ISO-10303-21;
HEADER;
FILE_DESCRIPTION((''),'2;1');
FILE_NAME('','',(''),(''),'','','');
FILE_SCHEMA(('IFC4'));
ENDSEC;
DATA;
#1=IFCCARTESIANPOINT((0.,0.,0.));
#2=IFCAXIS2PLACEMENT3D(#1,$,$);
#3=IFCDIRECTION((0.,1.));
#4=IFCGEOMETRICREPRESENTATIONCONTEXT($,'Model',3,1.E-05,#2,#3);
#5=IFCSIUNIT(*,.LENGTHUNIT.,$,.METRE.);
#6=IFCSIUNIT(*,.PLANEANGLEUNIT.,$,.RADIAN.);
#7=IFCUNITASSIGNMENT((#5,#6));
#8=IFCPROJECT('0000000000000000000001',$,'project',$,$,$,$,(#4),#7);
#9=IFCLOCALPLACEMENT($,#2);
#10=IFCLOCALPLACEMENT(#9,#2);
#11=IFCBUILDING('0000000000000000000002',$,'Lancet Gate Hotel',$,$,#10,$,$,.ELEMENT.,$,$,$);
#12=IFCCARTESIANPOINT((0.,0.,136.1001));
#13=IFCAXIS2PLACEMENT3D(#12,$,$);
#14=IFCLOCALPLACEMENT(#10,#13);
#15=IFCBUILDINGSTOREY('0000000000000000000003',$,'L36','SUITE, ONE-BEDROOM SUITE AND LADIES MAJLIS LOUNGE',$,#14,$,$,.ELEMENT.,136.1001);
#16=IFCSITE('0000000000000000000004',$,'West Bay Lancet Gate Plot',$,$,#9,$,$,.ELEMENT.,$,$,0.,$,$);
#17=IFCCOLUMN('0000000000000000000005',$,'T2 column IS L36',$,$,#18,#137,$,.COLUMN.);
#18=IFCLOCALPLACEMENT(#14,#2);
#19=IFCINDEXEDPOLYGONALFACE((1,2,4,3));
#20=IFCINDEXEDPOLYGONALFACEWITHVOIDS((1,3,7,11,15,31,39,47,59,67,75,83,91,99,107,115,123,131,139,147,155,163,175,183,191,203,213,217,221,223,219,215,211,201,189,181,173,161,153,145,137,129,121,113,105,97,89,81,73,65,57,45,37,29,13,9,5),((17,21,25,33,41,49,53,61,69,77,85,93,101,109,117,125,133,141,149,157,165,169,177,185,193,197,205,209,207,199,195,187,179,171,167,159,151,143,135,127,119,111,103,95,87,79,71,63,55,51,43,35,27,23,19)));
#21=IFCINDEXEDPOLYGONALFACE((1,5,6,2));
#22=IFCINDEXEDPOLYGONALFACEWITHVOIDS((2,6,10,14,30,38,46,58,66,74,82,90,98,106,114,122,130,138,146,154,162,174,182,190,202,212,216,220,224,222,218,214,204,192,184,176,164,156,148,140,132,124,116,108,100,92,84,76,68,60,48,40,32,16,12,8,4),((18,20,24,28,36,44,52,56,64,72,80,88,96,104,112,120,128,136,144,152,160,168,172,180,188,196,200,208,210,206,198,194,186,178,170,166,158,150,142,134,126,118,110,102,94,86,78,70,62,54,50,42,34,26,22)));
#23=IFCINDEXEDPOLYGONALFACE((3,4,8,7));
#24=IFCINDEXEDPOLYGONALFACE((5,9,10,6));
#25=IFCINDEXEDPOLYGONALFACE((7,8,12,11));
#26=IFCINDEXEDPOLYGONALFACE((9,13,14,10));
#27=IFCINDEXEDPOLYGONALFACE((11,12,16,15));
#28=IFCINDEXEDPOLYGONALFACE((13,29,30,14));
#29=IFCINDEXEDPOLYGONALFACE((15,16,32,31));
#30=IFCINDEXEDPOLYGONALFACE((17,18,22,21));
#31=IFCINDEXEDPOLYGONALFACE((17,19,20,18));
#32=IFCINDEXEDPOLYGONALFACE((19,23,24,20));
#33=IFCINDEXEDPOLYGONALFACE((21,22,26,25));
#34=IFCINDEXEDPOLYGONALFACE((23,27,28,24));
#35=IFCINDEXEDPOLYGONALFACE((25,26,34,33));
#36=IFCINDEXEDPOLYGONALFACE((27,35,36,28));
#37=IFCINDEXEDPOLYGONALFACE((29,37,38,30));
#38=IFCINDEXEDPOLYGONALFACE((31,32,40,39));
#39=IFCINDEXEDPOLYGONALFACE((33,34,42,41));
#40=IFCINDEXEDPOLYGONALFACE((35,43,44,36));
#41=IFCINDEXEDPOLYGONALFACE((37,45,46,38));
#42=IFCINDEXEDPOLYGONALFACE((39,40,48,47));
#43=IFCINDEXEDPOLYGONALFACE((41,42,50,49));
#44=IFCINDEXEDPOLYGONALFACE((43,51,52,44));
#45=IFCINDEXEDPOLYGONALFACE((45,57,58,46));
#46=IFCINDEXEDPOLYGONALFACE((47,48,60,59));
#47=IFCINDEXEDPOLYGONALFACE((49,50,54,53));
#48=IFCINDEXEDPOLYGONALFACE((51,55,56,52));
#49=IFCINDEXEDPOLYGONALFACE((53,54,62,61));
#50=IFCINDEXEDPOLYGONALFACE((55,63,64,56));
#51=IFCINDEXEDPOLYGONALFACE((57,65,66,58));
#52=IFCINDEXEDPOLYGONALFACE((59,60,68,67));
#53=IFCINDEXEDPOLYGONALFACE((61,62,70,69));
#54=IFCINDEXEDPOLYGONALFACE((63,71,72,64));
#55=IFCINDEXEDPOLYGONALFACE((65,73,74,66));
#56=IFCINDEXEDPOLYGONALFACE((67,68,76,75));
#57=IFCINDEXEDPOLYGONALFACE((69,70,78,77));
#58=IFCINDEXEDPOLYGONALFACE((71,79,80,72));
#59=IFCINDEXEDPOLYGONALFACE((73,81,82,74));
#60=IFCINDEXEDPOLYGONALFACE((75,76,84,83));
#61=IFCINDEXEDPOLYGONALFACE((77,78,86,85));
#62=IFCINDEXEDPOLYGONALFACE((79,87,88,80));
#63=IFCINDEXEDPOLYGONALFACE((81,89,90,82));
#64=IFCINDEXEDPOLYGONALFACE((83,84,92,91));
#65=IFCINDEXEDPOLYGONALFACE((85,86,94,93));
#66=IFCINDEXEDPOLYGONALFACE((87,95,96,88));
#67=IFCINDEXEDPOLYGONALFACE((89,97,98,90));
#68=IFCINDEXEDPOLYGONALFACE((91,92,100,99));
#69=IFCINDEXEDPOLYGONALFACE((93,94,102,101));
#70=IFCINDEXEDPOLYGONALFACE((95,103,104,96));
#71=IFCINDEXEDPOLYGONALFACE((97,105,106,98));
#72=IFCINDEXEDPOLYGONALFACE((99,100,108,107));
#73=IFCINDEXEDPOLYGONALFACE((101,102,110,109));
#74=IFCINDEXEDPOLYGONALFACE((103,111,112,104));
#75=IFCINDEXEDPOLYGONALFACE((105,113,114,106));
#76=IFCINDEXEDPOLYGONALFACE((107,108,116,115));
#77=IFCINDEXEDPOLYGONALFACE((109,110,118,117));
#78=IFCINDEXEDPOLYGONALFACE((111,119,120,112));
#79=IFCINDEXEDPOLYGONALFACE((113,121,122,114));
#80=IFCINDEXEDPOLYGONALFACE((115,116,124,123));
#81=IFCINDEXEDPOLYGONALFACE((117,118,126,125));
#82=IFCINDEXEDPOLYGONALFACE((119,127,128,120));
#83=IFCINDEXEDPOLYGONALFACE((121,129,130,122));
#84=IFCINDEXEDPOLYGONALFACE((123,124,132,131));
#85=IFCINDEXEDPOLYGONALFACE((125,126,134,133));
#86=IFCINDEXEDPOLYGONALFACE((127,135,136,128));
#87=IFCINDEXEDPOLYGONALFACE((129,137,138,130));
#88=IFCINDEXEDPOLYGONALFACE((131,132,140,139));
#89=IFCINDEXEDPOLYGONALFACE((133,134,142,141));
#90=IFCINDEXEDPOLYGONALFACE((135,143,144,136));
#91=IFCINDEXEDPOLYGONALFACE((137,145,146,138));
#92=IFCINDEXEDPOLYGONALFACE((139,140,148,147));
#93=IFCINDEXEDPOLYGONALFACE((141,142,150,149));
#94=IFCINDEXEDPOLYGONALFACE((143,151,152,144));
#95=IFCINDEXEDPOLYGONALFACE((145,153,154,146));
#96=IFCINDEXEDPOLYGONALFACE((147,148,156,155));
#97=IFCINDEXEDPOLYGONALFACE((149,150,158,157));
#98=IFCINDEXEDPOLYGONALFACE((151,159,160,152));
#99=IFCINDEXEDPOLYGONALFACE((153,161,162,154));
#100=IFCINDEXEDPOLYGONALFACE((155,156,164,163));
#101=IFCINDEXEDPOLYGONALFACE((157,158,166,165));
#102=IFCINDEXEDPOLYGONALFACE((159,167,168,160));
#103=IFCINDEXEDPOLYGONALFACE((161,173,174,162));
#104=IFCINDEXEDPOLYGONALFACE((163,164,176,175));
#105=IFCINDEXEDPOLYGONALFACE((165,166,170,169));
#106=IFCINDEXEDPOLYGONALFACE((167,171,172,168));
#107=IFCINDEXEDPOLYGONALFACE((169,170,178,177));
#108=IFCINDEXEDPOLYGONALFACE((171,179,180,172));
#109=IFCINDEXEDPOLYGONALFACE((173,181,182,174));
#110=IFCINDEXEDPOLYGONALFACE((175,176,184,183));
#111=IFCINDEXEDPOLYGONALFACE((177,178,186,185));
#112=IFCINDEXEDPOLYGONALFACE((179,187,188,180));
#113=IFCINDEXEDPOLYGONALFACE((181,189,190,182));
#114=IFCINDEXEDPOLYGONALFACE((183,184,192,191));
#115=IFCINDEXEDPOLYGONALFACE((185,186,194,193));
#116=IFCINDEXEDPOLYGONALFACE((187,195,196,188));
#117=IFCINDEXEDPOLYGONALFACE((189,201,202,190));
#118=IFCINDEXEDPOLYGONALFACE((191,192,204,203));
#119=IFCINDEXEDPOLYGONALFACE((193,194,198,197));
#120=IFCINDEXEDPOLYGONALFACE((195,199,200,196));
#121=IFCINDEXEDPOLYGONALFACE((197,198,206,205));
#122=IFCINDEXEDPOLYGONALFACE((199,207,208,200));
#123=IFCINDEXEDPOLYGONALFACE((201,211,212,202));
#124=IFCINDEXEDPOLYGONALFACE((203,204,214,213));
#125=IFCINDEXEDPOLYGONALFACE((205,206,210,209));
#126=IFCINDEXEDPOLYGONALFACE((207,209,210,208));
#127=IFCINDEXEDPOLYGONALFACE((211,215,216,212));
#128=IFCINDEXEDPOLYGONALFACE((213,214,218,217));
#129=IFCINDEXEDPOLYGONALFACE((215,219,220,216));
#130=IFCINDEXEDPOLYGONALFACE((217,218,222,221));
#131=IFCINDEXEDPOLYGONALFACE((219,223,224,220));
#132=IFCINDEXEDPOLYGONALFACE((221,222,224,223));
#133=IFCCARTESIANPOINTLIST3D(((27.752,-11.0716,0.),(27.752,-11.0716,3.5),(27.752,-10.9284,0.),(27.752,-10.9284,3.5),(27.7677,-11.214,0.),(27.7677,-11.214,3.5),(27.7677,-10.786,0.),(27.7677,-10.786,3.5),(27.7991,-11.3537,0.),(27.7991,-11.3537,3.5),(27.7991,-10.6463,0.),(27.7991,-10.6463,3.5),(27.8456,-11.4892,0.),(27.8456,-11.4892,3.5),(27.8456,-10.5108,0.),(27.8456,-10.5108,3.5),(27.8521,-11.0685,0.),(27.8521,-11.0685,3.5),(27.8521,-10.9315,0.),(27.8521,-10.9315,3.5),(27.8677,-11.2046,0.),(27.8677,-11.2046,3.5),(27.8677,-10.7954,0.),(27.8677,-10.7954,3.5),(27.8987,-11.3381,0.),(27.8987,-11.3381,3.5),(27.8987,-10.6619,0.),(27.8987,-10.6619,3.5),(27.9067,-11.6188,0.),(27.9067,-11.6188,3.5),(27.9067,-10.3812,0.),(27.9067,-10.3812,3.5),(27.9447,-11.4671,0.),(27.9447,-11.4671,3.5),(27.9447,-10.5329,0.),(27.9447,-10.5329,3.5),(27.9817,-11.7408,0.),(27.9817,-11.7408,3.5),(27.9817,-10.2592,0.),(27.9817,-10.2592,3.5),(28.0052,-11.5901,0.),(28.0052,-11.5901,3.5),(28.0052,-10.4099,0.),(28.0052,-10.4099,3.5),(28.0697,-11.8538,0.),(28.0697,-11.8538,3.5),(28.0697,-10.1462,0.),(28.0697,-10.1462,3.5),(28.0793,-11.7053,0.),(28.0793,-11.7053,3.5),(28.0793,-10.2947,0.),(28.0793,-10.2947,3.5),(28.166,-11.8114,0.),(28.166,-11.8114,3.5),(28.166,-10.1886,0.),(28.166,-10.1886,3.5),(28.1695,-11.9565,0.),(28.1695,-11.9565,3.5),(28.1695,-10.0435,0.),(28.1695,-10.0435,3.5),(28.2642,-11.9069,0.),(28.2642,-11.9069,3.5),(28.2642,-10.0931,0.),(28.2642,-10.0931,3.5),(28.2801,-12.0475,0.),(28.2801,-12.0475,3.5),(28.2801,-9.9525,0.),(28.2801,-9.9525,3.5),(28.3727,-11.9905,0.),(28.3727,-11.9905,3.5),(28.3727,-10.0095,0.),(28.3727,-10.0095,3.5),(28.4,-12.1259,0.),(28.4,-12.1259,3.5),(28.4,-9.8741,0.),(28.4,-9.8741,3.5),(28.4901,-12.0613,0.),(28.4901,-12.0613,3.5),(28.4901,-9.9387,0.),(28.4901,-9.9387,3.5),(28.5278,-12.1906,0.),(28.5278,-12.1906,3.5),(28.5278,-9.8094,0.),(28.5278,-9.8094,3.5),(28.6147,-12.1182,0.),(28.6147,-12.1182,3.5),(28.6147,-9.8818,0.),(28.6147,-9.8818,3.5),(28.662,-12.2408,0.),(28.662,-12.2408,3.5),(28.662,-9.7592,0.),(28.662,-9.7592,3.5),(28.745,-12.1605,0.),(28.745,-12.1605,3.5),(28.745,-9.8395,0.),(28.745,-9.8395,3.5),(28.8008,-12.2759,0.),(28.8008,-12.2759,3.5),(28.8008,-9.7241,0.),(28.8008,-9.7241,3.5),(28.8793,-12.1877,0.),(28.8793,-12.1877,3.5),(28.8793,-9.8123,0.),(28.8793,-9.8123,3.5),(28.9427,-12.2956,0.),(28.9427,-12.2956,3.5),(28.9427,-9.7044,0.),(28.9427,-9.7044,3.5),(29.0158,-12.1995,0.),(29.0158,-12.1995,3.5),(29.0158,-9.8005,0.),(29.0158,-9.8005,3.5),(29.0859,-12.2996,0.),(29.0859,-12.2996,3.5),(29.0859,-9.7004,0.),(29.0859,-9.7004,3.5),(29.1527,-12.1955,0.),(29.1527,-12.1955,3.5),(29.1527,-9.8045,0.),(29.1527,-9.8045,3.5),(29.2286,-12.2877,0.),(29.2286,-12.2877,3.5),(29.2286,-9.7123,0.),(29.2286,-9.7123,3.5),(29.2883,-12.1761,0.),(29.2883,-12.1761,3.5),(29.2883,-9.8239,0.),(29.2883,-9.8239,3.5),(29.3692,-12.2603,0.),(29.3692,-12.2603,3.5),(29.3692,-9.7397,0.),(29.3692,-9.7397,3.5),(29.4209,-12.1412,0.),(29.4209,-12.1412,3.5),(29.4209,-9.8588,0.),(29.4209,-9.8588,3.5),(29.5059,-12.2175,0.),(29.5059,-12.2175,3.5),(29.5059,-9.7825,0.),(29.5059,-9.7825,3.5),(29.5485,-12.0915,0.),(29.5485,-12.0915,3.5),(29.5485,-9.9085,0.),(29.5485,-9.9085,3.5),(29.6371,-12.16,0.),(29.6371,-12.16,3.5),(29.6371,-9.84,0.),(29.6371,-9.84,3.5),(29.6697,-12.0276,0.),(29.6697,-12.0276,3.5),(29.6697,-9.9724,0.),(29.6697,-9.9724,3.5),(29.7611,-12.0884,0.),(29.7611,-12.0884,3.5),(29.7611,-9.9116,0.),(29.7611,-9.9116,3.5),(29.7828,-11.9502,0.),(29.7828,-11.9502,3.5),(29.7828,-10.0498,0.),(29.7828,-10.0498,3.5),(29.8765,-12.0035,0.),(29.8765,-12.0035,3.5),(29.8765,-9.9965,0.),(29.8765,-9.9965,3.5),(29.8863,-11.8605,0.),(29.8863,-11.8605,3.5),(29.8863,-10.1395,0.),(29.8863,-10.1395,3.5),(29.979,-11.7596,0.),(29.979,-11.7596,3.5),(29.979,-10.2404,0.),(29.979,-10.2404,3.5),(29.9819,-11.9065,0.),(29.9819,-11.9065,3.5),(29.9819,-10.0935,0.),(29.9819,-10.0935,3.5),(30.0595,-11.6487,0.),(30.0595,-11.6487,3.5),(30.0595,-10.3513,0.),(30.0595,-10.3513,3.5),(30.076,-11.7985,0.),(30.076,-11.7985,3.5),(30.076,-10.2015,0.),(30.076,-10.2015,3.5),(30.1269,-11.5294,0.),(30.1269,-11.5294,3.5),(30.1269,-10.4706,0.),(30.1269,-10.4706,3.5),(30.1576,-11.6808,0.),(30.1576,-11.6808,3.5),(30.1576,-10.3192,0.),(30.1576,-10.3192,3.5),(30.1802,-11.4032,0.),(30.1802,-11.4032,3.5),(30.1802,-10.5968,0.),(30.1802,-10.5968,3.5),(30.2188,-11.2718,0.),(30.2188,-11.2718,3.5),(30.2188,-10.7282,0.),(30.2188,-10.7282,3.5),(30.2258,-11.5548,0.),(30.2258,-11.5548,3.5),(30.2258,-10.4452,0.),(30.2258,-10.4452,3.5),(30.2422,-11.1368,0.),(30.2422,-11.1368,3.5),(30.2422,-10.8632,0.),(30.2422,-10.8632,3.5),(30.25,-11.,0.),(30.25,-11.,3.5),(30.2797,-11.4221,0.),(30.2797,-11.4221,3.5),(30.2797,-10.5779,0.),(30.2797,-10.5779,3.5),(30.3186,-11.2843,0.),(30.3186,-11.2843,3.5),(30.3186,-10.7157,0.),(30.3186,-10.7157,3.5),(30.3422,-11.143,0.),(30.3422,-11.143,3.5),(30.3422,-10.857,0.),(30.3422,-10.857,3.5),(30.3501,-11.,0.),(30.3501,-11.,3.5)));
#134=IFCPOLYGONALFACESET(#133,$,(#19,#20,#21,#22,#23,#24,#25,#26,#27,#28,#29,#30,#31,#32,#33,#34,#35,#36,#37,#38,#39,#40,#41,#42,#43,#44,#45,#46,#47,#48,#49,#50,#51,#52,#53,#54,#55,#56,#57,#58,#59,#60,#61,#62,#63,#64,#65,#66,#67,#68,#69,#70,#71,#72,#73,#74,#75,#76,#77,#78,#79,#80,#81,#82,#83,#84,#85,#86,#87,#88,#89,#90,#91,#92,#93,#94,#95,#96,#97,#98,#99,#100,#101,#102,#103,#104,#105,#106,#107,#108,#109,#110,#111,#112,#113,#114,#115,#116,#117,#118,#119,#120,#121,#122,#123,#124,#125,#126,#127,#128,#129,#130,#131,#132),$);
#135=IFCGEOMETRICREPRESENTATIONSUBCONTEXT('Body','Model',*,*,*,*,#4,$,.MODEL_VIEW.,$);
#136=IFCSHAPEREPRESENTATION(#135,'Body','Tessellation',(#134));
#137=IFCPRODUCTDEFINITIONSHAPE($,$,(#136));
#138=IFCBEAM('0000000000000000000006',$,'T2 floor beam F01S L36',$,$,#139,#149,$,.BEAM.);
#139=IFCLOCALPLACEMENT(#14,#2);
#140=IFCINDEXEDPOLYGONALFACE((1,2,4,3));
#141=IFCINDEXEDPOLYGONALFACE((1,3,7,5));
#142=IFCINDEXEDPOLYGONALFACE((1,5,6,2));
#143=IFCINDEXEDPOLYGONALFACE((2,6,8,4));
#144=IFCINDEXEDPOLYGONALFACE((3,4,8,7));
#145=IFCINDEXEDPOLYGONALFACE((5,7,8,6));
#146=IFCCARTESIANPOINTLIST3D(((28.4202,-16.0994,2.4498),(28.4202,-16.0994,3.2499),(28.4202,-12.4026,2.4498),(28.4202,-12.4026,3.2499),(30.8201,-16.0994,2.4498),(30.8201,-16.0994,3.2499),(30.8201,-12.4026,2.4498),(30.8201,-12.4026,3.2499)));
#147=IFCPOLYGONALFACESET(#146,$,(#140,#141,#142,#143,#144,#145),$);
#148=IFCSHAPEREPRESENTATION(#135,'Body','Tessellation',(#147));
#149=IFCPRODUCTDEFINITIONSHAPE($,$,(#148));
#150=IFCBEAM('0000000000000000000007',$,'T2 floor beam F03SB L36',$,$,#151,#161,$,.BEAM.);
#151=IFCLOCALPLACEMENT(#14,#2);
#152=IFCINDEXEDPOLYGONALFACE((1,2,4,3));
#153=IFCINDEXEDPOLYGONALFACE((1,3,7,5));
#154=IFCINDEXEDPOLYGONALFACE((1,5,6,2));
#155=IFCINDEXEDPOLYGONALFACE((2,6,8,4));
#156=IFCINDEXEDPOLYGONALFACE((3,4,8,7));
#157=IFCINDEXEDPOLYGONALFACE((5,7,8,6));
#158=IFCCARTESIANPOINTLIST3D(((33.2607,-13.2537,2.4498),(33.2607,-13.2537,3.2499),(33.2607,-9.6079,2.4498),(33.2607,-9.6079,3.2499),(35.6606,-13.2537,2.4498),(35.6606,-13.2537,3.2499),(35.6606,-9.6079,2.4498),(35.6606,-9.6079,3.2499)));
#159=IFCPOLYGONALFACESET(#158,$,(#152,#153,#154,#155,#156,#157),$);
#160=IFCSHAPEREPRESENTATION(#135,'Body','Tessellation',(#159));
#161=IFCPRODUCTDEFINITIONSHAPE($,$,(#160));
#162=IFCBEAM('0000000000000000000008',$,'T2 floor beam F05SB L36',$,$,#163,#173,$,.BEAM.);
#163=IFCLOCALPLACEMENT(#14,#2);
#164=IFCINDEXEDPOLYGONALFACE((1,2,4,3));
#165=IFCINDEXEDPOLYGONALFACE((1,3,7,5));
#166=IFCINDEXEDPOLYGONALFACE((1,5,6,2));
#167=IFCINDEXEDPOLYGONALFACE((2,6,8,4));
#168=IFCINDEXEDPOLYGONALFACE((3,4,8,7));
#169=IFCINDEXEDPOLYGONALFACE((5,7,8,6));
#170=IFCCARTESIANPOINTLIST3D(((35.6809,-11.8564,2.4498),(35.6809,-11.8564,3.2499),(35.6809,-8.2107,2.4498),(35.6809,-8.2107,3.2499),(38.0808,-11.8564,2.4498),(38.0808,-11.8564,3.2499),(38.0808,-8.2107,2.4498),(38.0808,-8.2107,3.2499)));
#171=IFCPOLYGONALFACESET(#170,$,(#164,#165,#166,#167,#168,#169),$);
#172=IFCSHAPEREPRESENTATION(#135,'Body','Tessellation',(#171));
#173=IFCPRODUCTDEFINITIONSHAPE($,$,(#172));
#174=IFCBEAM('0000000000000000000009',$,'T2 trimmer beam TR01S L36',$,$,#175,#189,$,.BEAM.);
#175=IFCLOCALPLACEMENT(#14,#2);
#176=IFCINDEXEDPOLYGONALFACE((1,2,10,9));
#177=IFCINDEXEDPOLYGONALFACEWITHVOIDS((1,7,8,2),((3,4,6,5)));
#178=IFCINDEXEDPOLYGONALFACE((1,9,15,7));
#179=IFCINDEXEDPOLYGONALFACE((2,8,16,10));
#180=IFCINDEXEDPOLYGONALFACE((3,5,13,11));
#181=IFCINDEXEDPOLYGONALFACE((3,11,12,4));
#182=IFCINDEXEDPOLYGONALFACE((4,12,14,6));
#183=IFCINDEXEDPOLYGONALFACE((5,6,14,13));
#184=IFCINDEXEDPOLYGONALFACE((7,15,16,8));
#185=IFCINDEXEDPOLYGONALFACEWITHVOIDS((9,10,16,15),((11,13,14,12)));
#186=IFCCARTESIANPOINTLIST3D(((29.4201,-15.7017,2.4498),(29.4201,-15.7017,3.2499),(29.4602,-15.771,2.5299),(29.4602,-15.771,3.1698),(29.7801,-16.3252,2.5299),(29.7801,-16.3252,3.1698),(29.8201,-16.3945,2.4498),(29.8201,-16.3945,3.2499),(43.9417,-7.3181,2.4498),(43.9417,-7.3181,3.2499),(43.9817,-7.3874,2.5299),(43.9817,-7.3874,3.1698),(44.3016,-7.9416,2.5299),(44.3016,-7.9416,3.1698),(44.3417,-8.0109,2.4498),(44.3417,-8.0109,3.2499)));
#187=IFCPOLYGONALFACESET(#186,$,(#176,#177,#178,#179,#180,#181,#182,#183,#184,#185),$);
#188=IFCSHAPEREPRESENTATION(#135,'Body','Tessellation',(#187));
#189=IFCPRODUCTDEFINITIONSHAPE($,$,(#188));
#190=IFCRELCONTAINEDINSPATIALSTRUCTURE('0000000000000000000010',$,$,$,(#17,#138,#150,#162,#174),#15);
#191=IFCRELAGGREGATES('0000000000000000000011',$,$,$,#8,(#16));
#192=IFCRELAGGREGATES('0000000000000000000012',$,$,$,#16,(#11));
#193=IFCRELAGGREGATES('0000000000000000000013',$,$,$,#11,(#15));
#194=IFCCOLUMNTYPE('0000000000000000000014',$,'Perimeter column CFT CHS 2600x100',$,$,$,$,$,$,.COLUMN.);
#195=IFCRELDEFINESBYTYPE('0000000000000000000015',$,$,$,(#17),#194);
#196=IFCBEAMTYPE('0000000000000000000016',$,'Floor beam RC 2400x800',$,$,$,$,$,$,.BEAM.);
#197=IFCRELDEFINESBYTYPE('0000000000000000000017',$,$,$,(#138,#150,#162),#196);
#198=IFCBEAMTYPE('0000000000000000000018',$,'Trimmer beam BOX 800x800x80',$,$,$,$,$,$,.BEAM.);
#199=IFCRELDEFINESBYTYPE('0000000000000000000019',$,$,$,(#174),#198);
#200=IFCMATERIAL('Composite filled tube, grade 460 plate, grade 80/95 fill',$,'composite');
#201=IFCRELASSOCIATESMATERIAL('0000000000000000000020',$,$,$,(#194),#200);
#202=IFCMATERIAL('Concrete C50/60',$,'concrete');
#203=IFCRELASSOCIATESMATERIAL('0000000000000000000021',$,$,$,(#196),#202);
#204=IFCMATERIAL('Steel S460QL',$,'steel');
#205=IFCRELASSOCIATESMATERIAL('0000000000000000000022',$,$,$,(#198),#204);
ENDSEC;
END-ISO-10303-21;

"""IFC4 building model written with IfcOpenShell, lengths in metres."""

from ifc_helpers import new_model, si_unit, direction, frame, origin, origin_2d, place, context, subcontext, project, spatial, rectangle, hollow_rectangle, hollow_circle, extrude, material, material_profile, profile_set, type_object, element, save


model = new_model("IFC4")

# Units and contexts
model_context = context("Model", 3, precision=1e-05, world=origin(), true_north=direction((0.0, 1.0)))
body_context = subcontext(model_context, "Body", "Model", "MODEL_VIEW")
ifc_project = project(units=[si_unit("LENGTHUNIT", "METRE"), si_unit("PLANEANGLEUNIT", "RADIAN")], contexts=[model_context])

# Site, building, storey
site_placement = place(None, origin())
site = spatial("IfcSite", under=ifc_project, at=site_placement, Name="West Bay Lancet Gate Plot", CompositionType="ELEMENT", RefElevation=0.0)
building_placement = place(site_placement, origin())
building = spatial("IfcBuilding", under=site, at=building_placement, Name="Lancet Gate Hotel", CompositionType="ELEMENT")
storey_placement = place(building_placement, frame((0.0, 0.0, 136.1001)))
storey = spatial("IfcBuildingStorey", under=building, at=storey_placement, Name="L36", Description="SUITE, ONE-BEDROOM SUITE AND LADIES MAJLIS LOUNGE", CompositionType="ELEMENT", Elevation=136.1001)

# Column
ifc_material_1 = material(Name="Composite filled tube, grade 460 plate, grade 80/95 fill", Category="composite")
ifc_material_profile_1 = material_profile(ifc_material_1, hollow_circle(Radius=1.3, WallThickness=0.1001, at=origin_2d()), Name="CHS 2600x100")
ifc_profile_set_1 = profile_set([ifc_material_profile_1], Name="Composite filled tube, grade 460 plate, grade 80/95 fill")
column_type = type_object("IfcColumnType", Name="Perimeter column CFT CHS 2600x100", PredefinedType="COLUMN", material=ifc_profile_set_1)
column_placement = place(storey_placement, frame((29.05, -11.0, 0.0), z_axis=(0.0, 0.0, 1.0), x_axis=(1.0, 0.0, 0.0)))
element("IfcColumn", 1, at=column_placement, inside=storey, type_object=column_type, Name="T2 column IS L36", PredefinedType="COLUMN", context=body_context, shape_type="SweptSolid", body=[
    extrude(hollow_circle(Radius=1.3, WallThickness=0.1001, at=origin_2d()), origin(), (0.0, 0.0, 1.0), 3.5),
])

# Beams
ifc_material_2 = material(Name="Concrete C50/60", Category="concrete")
ifc_material_profile_2 = material_profile(ifc_material_2, rectangle(XDim=2.3999, YDim=0.8, at=origin_2d()), Name="RC 2400x800")
ifc_profile_set_2 = profile_set([ifc_material_profile_2], Name="Concrete C50/60")
beam_type_1 = type_object("IfcBeamType", Name="Floor beam RC 2400x800", PredefinedType="BEAM", material=ifc_profile_set_2)
beam_1_placement = place(storey_placement, frame((29.6201, -16.0994, 2.8499), z_axis=(0.0, 1.0, 0.0), x_axis=(-1.0, 0.0, 0.0)))
element("IfcBeam", 2, at=beam_1_placement, inside=storey, type_object=beam_type_1, Name="T2 floor beam F01S L36", PredefinedType="BEAM", context=body_context, shape_type="SweptSolid", body=[
    extrude(rectangle(XDim=2.3999, YDim=0.8, at=origin_2d()), origin(), (0.0, 0.0, 1.0), 3.6968),
])
for number, where, z_axis, x_axis, name in (
    (3, (34.4607, -13.2537, 2.8499), (0.0, 1.0, 0.0), (-1.0, 0.0, 0.0), "T2 floor beam F03SB L36"),
    (4, (36.8809, -11.8564, 2.8499), (0.0, 1.0, 0.0), (-1.0, 0.0, 0.0), "T2 floor beam F05SB L36"),
):
    element("IfcBeam", number, at=place(storey_placement, frame(where, z_axis=z_axis, x_axis=x_axis)), inside=storey, type_object=beam_type_1, Name=name, PredefinedType="BEAM", context=body_context, shape_type="SweptSolid", body=[
        extrude(rectangle(XDim=2.3999, YDim=0.8, at=origin_2d()), origin(), (0.0, 0.0, 1.0), 3.6458),
    ])
ifc_material_3 = material(Name="Steel S460QL", Category="steel")
ifc_material_profile_3 = material_profile(ifc_material_3, hollow_rectangle(XDim=0.8, YDim=0.8, WallThickness=0.0801, at=origin_2d()), Name="BOX 800x800x80")
ifc_profile_set_3 = profile_set([ifc_material_profile_3], Name="Steel S460QL")
beam_type_2 = type_object("IfcBeamType", Name="Trimmer beam BOX 800x800x80", PredefinedType="BEAM", material=ifc_profile_set_3)
beam_2_placement = place(storey_placement, frame((29.6201, -16.0481, 2.8499), z_axis=(0.866037, 0.49998, 0.0), x_axis=(-0.49998, 0.866037, 0.0)))
element("IfcBeam", 5, at=beam_2_placement, inside=storey, type_object=beam_type_2, Name="T2 trimmer beam TR01S L36", PredefinedType="BEAM", context=body_context, shape_type="SweptSolid", body=[
    extrude(hollow_rectangle(XDim=0.8, YDim=0.8, WallThickness=0.0801, at=origin_2d()), origin(), (0.0, 0.0, 1.0), 16.7678),
])

save(model, "model.ifc")
